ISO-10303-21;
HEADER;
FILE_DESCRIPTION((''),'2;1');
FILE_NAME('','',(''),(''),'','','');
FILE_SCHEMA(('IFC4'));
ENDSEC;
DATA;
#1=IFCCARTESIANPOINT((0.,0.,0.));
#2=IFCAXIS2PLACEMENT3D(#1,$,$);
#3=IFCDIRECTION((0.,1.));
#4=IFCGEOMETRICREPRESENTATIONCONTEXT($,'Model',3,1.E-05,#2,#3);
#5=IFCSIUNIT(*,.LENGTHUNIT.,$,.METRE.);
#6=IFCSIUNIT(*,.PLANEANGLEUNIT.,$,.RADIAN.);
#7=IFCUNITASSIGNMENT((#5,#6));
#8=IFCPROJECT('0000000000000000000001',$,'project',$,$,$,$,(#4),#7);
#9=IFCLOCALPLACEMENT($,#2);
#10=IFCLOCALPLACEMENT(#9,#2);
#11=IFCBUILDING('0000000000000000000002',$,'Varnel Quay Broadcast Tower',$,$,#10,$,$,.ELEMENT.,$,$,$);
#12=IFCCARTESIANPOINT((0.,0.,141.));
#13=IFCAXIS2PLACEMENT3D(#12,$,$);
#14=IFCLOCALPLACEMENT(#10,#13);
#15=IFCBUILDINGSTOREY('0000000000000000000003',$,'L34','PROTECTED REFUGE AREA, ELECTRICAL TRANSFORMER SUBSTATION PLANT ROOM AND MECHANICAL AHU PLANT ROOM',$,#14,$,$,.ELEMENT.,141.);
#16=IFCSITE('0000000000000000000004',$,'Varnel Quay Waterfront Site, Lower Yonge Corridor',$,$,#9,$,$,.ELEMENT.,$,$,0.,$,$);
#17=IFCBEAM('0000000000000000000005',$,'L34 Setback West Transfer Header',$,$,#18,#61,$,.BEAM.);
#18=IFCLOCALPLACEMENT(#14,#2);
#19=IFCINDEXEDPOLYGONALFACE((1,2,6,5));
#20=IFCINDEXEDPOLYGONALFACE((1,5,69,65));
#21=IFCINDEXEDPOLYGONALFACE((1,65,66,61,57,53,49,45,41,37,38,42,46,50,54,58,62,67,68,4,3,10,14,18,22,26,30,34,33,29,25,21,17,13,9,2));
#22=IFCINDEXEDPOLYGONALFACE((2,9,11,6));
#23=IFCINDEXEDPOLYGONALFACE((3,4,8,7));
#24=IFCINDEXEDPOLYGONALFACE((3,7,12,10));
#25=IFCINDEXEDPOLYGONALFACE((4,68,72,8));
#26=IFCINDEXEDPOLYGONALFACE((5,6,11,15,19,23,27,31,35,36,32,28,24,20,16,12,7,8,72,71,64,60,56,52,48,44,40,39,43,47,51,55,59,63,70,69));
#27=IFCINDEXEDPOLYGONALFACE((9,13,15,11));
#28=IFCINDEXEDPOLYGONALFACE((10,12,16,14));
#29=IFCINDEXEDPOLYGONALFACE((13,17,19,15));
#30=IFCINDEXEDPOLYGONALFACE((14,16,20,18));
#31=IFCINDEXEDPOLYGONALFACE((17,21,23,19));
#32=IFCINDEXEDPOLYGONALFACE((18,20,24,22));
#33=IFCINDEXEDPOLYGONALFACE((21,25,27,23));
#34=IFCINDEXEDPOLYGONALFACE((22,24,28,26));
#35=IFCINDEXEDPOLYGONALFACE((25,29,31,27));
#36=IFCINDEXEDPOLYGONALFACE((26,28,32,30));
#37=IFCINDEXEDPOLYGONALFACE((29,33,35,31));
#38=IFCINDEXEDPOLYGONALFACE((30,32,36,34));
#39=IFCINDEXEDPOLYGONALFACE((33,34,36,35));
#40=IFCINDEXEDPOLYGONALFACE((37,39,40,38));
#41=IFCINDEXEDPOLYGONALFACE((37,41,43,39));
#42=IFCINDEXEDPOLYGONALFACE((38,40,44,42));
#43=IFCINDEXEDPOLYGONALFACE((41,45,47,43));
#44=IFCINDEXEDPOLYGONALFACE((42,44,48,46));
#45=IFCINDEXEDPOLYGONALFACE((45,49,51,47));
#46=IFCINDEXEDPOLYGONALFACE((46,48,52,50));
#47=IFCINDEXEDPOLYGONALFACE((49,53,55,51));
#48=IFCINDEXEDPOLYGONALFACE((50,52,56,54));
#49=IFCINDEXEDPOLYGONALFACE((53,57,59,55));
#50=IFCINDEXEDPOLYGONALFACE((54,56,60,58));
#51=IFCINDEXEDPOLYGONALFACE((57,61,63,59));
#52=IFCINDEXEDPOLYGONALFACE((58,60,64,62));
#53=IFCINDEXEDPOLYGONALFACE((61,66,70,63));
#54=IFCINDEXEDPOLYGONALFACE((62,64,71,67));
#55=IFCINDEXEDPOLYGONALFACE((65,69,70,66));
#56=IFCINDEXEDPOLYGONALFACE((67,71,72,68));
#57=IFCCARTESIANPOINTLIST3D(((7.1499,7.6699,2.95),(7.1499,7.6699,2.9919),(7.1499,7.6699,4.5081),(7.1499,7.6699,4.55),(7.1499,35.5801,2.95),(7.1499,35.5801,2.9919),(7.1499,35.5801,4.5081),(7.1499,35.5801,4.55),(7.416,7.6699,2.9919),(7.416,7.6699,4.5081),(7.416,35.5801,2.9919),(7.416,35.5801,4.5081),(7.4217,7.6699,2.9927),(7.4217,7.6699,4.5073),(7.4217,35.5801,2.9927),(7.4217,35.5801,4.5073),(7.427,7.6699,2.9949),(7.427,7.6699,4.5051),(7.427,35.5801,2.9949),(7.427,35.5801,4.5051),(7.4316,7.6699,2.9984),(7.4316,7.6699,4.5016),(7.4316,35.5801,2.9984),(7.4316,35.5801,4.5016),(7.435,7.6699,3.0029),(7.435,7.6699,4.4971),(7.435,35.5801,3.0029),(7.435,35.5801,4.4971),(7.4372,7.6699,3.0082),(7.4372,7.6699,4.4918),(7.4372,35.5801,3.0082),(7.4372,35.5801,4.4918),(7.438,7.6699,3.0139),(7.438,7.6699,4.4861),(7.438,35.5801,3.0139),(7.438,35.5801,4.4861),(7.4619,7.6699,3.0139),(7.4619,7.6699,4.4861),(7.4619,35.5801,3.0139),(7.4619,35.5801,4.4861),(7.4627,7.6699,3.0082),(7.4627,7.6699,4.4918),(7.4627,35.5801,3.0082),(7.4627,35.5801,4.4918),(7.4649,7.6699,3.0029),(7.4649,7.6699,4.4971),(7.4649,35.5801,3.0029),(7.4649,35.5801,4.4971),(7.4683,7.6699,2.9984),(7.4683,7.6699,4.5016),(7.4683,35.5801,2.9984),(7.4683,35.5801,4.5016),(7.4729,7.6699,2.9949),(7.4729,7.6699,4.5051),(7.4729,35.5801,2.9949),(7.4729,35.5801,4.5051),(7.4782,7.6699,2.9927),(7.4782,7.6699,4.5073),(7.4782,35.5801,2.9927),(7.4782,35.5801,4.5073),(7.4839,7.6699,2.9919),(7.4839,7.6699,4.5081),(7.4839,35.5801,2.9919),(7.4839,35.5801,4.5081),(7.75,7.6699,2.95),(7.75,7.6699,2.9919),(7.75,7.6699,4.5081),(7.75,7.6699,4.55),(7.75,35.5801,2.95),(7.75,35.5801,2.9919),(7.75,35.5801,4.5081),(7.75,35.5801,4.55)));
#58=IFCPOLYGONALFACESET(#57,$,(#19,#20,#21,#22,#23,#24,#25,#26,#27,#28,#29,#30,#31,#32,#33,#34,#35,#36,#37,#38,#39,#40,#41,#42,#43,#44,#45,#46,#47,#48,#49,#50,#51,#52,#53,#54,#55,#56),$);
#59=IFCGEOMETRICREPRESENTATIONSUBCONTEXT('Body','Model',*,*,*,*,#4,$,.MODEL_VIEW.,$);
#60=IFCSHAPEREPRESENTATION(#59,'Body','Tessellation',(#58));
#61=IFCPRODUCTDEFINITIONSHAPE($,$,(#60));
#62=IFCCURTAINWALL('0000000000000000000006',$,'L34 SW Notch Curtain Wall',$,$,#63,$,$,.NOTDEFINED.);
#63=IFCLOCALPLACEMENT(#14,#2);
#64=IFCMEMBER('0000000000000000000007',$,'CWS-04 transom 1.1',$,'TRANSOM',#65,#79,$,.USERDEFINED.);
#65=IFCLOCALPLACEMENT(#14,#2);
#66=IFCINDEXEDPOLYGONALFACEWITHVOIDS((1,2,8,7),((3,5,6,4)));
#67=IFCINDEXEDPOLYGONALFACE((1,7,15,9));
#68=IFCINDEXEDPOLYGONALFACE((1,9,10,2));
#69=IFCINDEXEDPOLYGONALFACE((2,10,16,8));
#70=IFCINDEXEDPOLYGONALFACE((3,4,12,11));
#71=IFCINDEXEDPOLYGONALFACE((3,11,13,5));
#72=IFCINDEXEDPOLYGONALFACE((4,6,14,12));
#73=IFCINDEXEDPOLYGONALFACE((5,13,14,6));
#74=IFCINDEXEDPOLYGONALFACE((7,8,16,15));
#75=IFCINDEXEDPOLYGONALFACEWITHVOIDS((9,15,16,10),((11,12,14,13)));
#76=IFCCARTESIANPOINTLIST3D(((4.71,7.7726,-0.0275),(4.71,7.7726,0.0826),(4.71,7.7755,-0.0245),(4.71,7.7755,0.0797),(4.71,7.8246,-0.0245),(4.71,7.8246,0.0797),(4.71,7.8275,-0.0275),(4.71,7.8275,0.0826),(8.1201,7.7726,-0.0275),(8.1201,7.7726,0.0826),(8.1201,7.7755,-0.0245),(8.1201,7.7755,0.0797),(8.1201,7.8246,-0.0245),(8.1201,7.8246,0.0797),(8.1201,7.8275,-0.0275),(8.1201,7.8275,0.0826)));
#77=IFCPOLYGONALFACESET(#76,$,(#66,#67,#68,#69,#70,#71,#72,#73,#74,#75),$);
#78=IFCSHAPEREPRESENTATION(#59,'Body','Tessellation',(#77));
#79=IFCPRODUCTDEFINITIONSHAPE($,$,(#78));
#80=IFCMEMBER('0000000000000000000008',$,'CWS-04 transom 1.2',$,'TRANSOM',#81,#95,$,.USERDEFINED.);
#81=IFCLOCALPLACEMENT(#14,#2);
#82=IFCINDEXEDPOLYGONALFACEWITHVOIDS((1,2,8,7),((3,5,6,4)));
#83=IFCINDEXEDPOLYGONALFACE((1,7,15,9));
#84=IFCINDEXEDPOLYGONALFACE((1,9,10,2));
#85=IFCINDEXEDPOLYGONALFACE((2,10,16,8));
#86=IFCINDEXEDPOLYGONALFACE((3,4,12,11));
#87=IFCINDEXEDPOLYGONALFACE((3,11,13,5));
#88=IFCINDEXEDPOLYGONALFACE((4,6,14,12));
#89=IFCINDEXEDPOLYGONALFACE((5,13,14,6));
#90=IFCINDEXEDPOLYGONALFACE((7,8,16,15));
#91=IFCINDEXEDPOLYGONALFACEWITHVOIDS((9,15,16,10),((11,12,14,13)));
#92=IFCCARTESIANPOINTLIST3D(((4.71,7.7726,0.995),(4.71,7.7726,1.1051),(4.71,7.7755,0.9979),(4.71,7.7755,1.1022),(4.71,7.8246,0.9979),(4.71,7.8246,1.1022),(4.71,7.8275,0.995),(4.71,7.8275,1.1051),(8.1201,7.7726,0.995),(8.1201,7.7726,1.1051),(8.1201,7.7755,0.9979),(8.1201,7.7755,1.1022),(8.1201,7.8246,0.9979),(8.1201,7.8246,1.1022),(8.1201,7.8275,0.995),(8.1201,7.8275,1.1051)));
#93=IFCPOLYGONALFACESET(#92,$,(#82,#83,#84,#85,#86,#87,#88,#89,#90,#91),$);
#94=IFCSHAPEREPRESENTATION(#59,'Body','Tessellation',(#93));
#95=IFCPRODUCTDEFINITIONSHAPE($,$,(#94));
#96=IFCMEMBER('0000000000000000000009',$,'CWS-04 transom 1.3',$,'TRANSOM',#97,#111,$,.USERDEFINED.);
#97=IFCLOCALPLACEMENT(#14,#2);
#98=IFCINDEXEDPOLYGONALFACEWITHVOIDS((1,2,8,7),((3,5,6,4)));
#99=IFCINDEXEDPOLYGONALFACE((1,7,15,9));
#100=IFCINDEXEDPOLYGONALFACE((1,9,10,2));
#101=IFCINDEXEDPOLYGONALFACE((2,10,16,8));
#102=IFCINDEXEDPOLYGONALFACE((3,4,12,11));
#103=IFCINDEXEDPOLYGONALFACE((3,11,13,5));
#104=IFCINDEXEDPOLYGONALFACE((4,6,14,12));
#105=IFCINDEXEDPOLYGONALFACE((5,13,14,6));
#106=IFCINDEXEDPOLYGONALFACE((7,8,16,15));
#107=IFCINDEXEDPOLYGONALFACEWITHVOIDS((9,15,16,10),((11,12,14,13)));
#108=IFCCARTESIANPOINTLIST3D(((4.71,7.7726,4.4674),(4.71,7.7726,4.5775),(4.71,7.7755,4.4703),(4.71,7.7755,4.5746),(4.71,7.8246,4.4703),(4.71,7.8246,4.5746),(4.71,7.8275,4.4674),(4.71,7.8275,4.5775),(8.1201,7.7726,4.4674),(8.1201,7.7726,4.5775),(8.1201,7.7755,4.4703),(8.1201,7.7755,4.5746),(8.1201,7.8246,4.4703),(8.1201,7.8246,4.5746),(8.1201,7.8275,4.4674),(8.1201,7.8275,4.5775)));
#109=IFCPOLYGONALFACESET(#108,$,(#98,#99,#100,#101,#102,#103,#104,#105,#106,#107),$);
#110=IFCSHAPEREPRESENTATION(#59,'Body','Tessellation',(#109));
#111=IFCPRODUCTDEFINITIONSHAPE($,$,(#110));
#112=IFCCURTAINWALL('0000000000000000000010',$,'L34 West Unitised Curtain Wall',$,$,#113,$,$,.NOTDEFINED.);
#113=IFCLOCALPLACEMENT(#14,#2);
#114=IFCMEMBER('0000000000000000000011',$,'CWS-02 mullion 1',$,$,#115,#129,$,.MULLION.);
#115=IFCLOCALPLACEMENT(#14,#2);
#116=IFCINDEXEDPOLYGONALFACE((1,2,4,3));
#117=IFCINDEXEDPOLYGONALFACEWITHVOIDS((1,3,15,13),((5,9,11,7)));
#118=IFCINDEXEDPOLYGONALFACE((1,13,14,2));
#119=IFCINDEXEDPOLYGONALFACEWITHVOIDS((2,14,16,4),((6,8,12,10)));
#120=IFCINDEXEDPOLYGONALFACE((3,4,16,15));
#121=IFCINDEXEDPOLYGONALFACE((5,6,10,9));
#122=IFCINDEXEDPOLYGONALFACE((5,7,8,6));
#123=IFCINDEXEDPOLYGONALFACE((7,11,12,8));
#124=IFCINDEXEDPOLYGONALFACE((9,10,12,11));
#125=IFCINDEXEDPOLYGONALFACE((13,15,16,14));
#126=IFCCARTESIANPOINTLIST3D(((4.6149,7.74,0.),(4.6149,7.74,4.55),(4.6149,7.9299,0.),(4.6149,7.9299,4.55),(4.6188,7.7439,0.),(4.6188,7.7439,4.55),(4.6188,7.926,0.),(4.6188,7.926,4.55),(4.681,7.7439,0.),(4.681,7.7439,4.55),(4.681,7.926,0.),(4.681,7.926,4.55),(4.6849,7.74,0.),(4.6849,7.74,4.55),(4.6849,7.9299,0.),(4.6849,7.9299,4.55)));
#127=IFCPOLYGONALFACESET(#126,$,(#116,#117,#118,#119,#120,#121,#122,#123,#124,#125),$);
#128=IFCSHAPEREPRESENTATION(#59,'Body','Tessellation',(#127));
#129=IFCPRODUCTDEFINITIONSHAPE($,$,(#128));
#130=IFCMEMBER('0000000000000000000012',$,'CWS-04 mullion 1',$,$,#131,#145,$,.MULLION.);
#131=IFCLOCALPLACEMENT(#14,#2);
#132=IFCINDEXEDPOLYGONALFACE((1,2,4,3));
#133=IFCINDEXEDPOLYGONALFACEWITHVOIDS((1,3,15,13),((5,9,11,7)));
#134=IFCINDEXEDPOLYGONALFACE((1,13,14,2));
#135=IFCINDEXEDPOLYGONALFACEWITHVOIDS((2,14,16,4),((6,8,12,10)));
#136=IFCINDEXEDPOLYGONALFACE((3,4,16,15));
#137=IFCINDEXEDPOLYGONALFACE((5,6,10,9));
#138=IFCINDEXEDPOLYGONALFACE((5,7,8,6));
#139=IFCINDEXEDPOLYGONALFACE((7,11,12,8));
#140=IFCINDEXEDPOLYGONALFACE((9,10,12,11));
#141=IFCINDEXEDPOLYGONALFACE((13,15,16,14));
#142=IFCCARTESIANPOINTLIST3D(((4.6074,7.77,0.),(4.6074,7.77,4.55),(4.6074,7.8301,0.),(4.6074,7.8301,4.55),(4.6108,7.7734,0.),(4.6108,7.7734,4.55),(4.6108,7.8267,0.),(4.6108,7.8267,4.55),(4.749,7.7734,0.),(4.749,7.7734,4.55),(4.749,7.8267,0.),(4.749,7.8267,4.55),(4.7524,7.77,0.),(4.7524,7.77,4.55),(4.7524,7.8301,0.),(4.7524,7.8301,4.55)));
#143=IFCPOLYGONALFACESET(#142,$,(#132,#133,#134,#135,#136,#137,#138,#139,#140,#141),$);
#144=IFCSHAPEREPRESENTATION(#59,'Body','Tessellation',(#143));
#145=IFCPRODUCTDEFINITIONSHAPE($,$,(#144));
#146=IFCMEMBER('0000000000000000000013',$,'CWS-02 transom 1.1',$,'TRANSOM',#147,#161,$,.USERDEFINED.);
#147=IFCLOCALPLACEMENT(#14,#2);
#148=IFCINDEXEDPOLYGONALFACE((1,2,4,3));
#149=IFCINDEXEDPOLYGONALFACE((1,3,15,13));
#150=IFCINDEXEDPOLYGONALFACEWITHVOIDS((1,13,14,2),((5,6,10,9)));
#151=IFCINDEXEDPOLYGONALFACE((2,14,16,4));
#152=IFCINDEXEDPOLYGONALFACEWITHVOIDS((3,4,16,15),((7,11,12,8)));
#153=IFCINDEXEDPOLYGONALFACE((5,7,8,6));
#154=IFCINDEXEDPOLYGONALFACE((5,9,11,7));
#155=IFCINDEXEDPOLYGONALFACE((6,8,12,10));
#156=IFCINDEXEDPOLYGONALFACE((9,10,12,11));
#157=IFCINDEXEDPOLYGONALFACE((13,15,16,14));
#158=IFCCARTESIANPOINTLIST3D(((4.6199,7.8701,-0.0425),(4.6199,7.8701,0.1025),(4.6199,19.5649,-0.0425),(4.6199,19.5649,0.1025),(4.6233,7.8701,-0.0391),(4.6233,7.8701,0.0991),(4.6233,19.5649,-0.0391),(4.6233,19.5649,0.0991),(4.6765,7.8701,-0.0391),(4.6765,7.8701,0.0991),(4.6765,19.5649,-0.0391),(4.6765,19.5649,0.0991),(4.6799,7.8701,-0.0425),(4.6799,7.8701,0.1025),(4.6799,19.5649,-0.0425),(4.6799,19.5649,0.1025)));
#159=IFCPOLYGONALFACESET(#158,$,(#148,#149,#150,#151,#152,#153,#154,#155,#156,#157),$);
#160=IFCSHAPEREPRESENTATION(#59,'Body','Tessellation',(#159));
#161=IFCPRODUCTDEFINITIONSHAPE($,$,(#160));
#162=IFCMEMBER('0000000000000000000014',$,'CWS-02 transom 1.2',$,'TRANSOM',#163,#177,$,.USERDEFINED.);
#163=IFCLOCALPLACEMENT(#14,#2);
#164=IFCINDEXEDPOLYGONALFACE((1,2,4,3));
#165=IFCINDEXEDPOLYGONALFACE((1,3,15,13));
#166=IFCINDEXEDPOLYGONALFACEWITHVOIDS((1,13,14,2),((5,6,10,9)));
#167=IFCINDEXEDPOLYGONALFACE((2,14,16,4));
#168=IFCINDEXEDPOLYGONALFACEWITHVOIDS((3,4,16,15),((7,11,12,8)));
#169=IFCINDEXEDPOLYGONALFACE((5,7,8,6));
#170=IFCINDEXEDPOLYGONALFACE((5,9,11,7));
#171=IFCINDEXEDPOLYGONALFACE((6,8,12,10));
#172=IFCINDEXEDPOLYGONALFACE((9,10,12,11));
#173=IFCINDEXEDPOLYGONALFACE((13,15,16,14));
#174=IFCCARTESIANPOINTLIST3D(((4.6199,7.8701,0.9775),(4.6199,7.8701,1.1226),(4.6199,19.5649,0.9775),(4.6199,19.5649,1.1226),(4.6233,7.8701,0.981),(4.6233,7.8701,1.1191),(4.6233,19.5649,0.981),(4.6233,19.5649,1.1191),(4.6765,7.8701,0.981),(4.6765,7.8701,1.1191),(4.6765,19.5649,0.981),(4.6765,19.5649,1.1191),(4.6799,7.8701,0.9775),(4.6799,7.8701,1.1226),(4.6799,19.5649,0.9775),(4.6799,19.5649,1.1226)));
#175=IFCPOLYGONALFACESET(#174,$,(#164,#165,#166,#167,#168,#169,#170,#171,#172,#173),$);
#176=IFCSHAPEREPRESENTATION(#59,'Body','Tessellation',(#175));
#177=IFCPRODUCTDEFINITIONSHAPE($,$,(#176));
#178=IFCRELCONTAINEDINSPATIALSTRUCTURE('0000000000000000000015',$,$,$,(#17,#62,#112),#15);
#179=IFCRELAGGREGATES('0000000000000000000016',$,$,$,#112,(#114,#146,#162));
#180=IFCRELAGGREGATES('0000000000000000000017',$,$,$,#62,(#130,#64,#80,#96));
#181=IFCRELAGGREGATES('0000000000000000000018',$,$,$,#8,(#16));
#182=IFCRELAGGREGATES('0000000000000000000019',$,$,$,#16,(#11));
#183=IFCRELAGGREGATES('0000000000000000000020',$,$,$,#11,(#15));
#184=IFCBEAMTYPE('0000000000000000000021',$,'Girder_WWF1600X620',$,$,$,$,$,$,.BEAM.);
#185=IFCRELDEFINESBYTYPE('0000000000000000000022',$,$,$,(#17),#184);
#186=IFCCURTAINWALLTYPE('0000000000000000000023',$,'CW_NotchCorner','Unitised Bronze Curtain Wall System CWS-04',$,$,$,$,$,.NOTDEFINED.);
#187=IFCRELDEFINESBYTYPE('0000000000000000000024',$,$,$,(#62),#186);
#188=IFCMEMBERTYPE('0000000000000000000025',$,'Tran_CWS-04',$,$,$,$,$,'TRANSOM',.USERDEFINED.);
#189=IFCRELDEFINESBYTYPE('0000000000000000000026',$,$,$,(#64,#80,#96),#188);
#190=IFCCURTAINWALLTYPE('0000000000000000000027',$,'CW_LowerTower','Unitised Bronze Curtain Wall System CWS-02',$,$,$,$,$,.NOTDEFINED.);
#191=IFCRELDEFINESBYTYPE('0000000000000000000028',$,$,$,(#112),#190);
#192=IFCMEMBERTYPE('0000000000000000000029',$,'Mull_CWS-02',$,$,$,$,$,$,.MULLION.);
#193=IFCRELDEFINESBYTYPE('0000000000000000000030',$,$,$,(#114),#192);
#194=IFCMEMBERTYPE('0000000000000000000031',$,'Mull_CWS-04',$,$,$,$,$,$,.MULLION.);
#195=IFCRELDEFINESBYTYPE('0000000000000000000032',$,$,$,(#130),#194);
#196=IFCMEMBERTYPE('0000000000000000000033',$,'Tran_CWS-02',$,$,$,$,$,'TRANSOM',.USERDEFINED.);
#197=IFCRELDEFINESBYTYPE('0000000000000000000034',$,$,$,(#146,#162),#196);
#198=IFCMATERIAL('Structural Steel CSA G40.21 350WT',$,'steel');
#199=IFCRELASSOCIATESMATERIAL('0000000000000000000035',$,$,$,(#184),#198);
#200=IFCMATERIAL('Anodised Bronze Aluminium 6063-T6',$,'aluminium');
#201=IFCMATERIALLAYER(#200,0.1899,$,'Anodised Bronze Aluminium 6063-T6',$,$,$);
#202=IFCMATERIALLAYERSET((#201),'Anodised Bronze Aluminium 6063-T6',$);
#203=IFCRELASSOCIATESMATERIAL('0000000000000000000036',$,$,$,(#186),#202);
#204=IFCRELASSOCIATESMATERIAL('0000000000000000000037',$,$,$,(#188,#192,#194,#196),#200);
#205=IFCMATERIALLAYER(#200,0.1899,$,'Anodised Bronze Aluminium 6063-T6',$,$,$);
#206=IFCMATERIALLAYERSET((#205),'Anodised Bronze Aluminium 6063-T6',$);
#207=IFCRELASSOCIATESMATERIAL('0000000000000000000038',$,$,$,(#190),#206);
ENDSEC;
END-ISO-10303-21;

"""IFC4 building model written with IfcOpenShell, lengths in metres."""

from ifc_helpers import new_model, si_unit, direction, frame, origin, origin_2d, place, context, subcontext, project, spatial, hollow_rectangle, i_section, extrude, source, transform, mapped, material, layer, layer_set, material_profile, profile_set, type_object, type_shapes, element, aggregate, save


model = new_model("IFC4")

# Units and contexts
model_context = context("Model", 3, precision=1e-05, world=origin(), true_north=direction((0.0, 1.0)))
body_context = subcontext(model_context, "Body", "Model", "MODEL_VIEW")
ifc_project = project(units=[si_unit("LENGTHUNIT", "METRE"), si_unit("PLANEANGLEUNIT", "RADIAN")], contexts=[model_context])

# Site, building, storey
site_placement = place(None, origin())
site = spatial("IfcSite", under=ifc_project, at=site_placement, Name="Varnel Quay Waterfront Site, Lower Yonge Corridor", CompositionType="ELEMENT", RefElevation=0.0)
building_placement = place(site_placement, origin())
building = spatial("IfcBuilding", under=site, at=building_placement, Name="Varnel Quay Broadcast Tower", CompositionType="ELEMENT")
storey_placement = place(building_placement, frame((0.0, 0.0, 141.0)))
storey = spatial("IfcBuildingStorey", under=building, at=storey_placement, Name="L34", Description="PROTECTED REFUGE AREA, ELECTRICAL TRANSFORMER SUBSTATION PLANT ROOM AND MECHANICAL AHU PLANT ROOM", CompositionType="ELEMENT", Elevation=141.0)

# Shared definitions
ifc_material_1 = material(Name="Structural Steel CSA G40.21 350WT", Category="steel")

# Beam
ifc_material_profile_1 = material_profile(ifc_material_1, i_section(OverallWidth=0.6001, OverallDepth=1.6001, WebThickness=0.0239, FlangeThickness=0.042, FilletRadius=0.022, at=origin_2d()), Name="WWF1600X620")
ifc_profile_set_1 = profile_set([ifc_material_profile_1], Name="Structural Steel CSA G40.21 350WT")
beam_type_1 = type_object("IfcBeamType", Name="Girder_WWF1600X620", PredefinedType="BEAM", material=ifc_profile_set_1)
shared_shape_1 = source(origin(), body_context, "Body", "SweptSolid", [
    extrude(i_section(OverallWidth=0.6001, OverallDepth=1.6001, WebThickness=0.0239, FlangeThickness=0.042, FilletRadius=0.022, at=origin_2d()), origin(), (0.0, 0.0, 1.0), 27.9102),
])
beam_1_placement = place(storey_placement, frame((7.45, 7.6699, 3.75), z_axis=(0.0, 1.0, 0.0), x_axis=(-1.0, 0.0, 0.0)))
element("IfcBeam", 1, at=beam_1_placement, inside=storey, type_object=beam_type_1, Name="L34 Setback West Transfer Header", PredefinedType="BEAM", context=body_context, shape_type="MappedRepresentation", body=[
    mapped(shared_shape_1, transform((0.0, 0.0, 0.0), x_axis=(1.0, 0.0, 0.0), y_axis=(0.0, 1.0, 0.0), z_axis=(0.0, 0.0, 1.0), scale=1.0)),
])

# Curtain wall, members
ifc_material_2 = material(Name="Anodised Bronze Aluminium 6063-T6", Category="aluminium")
ifc_layer_1 = layer(ifc_material_2, 0.1899, Name="Anodised Bronze Aluminium 6063-T6")
ifc_layer_set_1 = layer_set([ifc_layer_1], Name="Anodised Bronze Aluminium 6063-T6")
curtain_wall_type_1 = type_object("IfcCurtainWallType", Name="CW_NotchCorner", Description="Unitised Bronze Curtain Wall System CWS-04", PredefinedType="NOTDEFINED", material=ifc_layer_set_1)
curtain_wall_1_placement = place(storey_placement, origin())
curtain_wall_1 = element("IfcCurtainWall", 2, at=curtain_wall_1_placement, inside=storey, type_object=curtain_wall_type_1, Name="L34 SW Notch Curtain Wall", PredefinedType="NOTDEFINED")
ifc_material_profile_2 = material_profile(ifc_material_2, hollow_rectangle(XDim=0.0549, YDim=0.1101, WallThickness=0.0029, at=origin_2d()), Name="ALU55X110X3")
ifc_profile_set_2 = profile_set([ifc_material_profile_2], Name="Anodised Bronze Aluminium 6063-T6")
member_type_1 = type_object("IfcMemberType", Name="Tran_CWS-04", ElementType="TRANSOM", PredefinedType="USERDEFINED", material=ifc_profile_set_2)
shared_shape_2 = source(origin(), body_context, "Body", "SweptSolid", [
    extrude(hollow_rectangle(XDim=0.0549, YDim=0.1101, WallThickness=0.0029, at=origin_2d()), origin(), (0.0, 0.0, 1.0), 3.4102),
])
type_shapes(member_type_1, [shared_shape_2])
member_1_placement = place(storey_placement, frame((4.71, 7.8, 0.0276), z_axis=(1.0, 0.0, 0.0), x_axis=(0.0, 1.0, 0.0)))
member_1 = element("IfcMember", 3, at=member_1_placement, type_object=member_type_1, Name="CWS-04 transom 1.1", ObjectType="TRANSOM", PredefinedType="USERDEFINED", context=body_context, shape_type="MappedRepresentation", body=[
    mapped(shared_shape_2, transform((0.0, 0.0, 0.0), x_axis=(1.0, 0.0, 0.0), y_axis=(0.0, 1.0, 0.0), z_axis=(0.0, 0.0, 1.0), scale=1.0)),
])
member_2_placement = place(storey_placement, frame((4.71, 7.8, 1.05), z_axis=(1.0, 0.0, 0.0), x_axis=(0.0, 1.0, 0.0)))
member_2 = element("IfcMember", 4, at=member_2_placement, type_object=member_type_1, Name="CWS-04 transom 1.2", ObjectType="TRANSOM", PredefinedType="USERDEFINED", context=body_context, shape_type="MappedRepresentation", body=[
    mapped(shared_shape_2, transform((0.0, 0.0, 0.0), x_axis=(1.0, 0.0, 0.0), y_axis=(0.0, 1.0, 0.0), z_axis=(0.0, 0.0, 1.0), scale=1.0)),
])
member_3_placement = place(storey_placement, frame((4.71, 7.8, 4.5225), z_axis=(1.0, 0.0, 0.0), x_axis=(0.0, 1.0, 0.0)))
member_3 = element("IfcMember", 5, at=member_3_placement, type_object=member_type_1, Name="CWS-04 transom 1.3", ObjectType="TRANSOM", PredefinedType="USERDEFINED", context=body_context, shape_type="MappedRepresentation", body=[
    mapped(shared_shape_2, transform((0.0, 0.0, 0.0), x_axis=(1.0, 0.0, 0.0), y_axis=(0.0, 1.0, 0.0), z_axis=(0.0, 0.0, 1.0), scale=1.0)),
])

# Curtain wall, member
ifc_layer_2 = layer(ifc_material_2, 0.1899, Name="Anodised Bronze Aluminium 6063-T6")
ifc_layer_set_2 = layer_set([ifc_layer_2], Name="Anodised Bronze Aluminium 6063-T6")
curtain_wall_type_2 = type_object("IfcCurtainWallType", Name="CW_LowerTower", Description="Unitised Bronze Curtain Wall System CWS-02", PredefinedType="NOTDEFINED", material=ifc_layer_set_2)
curtain_wall_2_placement = place(storey_placement, origin())
curtain_wall_2 = element("IfcCurtainWall", 6, at=curtain_wall_2_placement, inside=storey, type_object=curtain_wall_type_2, Name="L34 West Unitised Curtain Wall", PredefinedType="NOTDEFINED")
ifc_material_profile_3 = material_profile(ifc_material_2, hollow_rectangle(XDim=0.0701, YDim=0.1899, WallThickness=0.0039, at=origin_2d()), Name="ALU70X190X4")
ifc_profile_set_3 = profile_set([ifc_material_profile_3], Name="Anodised Bronze Aluminium 6063-T6")
member_type_2 = type_object("IfcMemberType", Name="Mull_CWS-02", PredefinedType="MULLION", material=ifc_profile_set_3)
shared_shape_3 = source(origin(), body_context, "Body", "SweptSolid", [
    extrude(hollow_rectangle(XDim=0.0701, YDim=0.1899, WallThickness=0.0039, at=origin_2d()), origin(), (0.0, 0.0, 1.0), 4.55),
])
type_shapes(member_type_2, [shared_shape_3])
member_4_placement = place(storey_placement, frame((4.6499, 7.835, 0.0), z_axis=(0.0, 0.0, 1.0), x_axis=(-1.0, 0.0, 0.0)))
member_4 = element("IfcMember", 7, at=member_4_placement, type_object=member_type_2, Name="CWS-02 mullion 1", PredefinedType="MULLION", context=body_context, shape_type="MappedRepresentation", body=[
    mapped(shared_shape_3, transform((0.0, 0.0, 0.0), x_axis=(1.0, 0.0, 0.0), y_axis=(0.0, 1.0, 0.0), z_axis=(0.0, 0.0, 1.0), scale=1.0)),
])

# Members
ifc_material_profile_4 = material_profile(ifc_material_2, hollow_rectangle(XDim=0.0601, YDim=0.145, WallThickness=0.0034, at=origin_2d()), Name="ALU60X145X3.5")
ifc_profile_set_4 = profile_set([ifc_material_profile_4], Name="Anodised Bronze Aluminium 6063-T6")
member_type_3 = type_object("IfcMemberType", Name="Mull_CWS-04", PredefinedType="MULLION", material=ifc_profile_set_4)
shared_shape_4 = source(origin(), body_context, "Body", "SweptSolid", [
    extrude(hollow_rectangle(XDim=0.0601, YDim=0.145, WallThickness=0.0034, at=origin_2d()), origin(), (0.0, 0.0, 1.0), 4.55),
])
type_shapes(member_type_3, [shared_shape_4])
member_5_placement = place(storey_placement, frame((4.6799, 7.8, 0.0), z_axis=(0.0, 0.0, 1.0), x_axis=(0.0, 1.0, 0.0)))
member_5 = element("IfcMember", 8, at=member_5_placement, type_object=member_type_3, Name="CWS-04 mullion 1", PredefinedType="MULLION", context=body_context, shape_type="MappedRepresentation", body=[
    mapped(shared_shape_4, transform((0.0, 0.0, 0.0), x_axis=(1.0, 0.0, 0.0), y_axis=(0.0, 1.0, 0.0), z_axis=(0.0, 0.0, 1.0), scale=1.0)),
])
ifc_material_profile_5 = material_profile(ifc_material_2, hollow_rectangle(XDim=0.0601, YDim=0.145, WallThickness=0.0034, at=origin_2d()), Name="ALU60X145X3.5")
ifc_profile_set_5 = profile_set([ifc_material_profile_5], Name="Anodised Bronze Aluminium 6063-T6")
member_type_4 = type_object("IfcMemberType", Name="Tran_CWS-02", ElementType="TRANSOM", PredefinedType="USERDEFINED", material=ifc_profile_set_5)
shared_shape_5 = source(origin(), body_context, "Body", "SweptSolid", [
    extrude(hollow_rectangle(XDim=0.0601, YDim=0.145, WallThickness=0.0034, at=origin_2d()), origin(), (0.0, 0.0, 1.0), 11.6948),
])
type_shapes(member_type_4, [shared_shape_5])
member_6_placement = place(storey_placement, frame((4.6499, 7.8701, 0.03), z_axis=(0.0, 1.0, 0.0), x_axis=(-1.0, 0.0, 0.0)))
member_6 = element("IfcMember", 9, at=member_6_placement, type_object=member_type_4, Name="CWS-02 transom 1.1", ObjectType="TRANSOM", PredefinedType="USERDEFINED", context=body_context, shape_type="MappedRepresentation", body=[
    mapped(shared_shape_5, transform((0.0, 0.0, 0.0), x_axis=(1.0, 0.0, 0.0), y_axis=(0.0, 1.0, 0.0), z_axis=(0.0, 0.0, 1.0), scale=1.0)),
])
member_7_placement = place(storey_placement, frame((4.6499, 7.8701, 1.05), z_axis=(0.0, 1.0, 0.0), x_axis=(-1.0, 0.0, 0.0)))
member_7 = element("IfcMember", 10, at=member_7_placement, type_object=member_type_4, Name="CWS-02 transom 1.2", ObjectType="TRANSOM", PredefinedType="USERDEFINED", context=body_context, shape_type="MappedRepresentation", body=[
    mapped(shared_shape_5, transform((0.0, 0.0, 0.0), x_axis=(1.0, 0.0, 0.0), y_axis=(0.0, 1.0, 0.0), z_axis=(0.0, 0.0, 1.0), scale=1.0)),
])
aggregate(curtain_wall_2, [member_4, member_6, member_7])

aggregate(curtain_wall_1, [member_5, member_1, member_2, member_3])

save(model, "model.ifc")
